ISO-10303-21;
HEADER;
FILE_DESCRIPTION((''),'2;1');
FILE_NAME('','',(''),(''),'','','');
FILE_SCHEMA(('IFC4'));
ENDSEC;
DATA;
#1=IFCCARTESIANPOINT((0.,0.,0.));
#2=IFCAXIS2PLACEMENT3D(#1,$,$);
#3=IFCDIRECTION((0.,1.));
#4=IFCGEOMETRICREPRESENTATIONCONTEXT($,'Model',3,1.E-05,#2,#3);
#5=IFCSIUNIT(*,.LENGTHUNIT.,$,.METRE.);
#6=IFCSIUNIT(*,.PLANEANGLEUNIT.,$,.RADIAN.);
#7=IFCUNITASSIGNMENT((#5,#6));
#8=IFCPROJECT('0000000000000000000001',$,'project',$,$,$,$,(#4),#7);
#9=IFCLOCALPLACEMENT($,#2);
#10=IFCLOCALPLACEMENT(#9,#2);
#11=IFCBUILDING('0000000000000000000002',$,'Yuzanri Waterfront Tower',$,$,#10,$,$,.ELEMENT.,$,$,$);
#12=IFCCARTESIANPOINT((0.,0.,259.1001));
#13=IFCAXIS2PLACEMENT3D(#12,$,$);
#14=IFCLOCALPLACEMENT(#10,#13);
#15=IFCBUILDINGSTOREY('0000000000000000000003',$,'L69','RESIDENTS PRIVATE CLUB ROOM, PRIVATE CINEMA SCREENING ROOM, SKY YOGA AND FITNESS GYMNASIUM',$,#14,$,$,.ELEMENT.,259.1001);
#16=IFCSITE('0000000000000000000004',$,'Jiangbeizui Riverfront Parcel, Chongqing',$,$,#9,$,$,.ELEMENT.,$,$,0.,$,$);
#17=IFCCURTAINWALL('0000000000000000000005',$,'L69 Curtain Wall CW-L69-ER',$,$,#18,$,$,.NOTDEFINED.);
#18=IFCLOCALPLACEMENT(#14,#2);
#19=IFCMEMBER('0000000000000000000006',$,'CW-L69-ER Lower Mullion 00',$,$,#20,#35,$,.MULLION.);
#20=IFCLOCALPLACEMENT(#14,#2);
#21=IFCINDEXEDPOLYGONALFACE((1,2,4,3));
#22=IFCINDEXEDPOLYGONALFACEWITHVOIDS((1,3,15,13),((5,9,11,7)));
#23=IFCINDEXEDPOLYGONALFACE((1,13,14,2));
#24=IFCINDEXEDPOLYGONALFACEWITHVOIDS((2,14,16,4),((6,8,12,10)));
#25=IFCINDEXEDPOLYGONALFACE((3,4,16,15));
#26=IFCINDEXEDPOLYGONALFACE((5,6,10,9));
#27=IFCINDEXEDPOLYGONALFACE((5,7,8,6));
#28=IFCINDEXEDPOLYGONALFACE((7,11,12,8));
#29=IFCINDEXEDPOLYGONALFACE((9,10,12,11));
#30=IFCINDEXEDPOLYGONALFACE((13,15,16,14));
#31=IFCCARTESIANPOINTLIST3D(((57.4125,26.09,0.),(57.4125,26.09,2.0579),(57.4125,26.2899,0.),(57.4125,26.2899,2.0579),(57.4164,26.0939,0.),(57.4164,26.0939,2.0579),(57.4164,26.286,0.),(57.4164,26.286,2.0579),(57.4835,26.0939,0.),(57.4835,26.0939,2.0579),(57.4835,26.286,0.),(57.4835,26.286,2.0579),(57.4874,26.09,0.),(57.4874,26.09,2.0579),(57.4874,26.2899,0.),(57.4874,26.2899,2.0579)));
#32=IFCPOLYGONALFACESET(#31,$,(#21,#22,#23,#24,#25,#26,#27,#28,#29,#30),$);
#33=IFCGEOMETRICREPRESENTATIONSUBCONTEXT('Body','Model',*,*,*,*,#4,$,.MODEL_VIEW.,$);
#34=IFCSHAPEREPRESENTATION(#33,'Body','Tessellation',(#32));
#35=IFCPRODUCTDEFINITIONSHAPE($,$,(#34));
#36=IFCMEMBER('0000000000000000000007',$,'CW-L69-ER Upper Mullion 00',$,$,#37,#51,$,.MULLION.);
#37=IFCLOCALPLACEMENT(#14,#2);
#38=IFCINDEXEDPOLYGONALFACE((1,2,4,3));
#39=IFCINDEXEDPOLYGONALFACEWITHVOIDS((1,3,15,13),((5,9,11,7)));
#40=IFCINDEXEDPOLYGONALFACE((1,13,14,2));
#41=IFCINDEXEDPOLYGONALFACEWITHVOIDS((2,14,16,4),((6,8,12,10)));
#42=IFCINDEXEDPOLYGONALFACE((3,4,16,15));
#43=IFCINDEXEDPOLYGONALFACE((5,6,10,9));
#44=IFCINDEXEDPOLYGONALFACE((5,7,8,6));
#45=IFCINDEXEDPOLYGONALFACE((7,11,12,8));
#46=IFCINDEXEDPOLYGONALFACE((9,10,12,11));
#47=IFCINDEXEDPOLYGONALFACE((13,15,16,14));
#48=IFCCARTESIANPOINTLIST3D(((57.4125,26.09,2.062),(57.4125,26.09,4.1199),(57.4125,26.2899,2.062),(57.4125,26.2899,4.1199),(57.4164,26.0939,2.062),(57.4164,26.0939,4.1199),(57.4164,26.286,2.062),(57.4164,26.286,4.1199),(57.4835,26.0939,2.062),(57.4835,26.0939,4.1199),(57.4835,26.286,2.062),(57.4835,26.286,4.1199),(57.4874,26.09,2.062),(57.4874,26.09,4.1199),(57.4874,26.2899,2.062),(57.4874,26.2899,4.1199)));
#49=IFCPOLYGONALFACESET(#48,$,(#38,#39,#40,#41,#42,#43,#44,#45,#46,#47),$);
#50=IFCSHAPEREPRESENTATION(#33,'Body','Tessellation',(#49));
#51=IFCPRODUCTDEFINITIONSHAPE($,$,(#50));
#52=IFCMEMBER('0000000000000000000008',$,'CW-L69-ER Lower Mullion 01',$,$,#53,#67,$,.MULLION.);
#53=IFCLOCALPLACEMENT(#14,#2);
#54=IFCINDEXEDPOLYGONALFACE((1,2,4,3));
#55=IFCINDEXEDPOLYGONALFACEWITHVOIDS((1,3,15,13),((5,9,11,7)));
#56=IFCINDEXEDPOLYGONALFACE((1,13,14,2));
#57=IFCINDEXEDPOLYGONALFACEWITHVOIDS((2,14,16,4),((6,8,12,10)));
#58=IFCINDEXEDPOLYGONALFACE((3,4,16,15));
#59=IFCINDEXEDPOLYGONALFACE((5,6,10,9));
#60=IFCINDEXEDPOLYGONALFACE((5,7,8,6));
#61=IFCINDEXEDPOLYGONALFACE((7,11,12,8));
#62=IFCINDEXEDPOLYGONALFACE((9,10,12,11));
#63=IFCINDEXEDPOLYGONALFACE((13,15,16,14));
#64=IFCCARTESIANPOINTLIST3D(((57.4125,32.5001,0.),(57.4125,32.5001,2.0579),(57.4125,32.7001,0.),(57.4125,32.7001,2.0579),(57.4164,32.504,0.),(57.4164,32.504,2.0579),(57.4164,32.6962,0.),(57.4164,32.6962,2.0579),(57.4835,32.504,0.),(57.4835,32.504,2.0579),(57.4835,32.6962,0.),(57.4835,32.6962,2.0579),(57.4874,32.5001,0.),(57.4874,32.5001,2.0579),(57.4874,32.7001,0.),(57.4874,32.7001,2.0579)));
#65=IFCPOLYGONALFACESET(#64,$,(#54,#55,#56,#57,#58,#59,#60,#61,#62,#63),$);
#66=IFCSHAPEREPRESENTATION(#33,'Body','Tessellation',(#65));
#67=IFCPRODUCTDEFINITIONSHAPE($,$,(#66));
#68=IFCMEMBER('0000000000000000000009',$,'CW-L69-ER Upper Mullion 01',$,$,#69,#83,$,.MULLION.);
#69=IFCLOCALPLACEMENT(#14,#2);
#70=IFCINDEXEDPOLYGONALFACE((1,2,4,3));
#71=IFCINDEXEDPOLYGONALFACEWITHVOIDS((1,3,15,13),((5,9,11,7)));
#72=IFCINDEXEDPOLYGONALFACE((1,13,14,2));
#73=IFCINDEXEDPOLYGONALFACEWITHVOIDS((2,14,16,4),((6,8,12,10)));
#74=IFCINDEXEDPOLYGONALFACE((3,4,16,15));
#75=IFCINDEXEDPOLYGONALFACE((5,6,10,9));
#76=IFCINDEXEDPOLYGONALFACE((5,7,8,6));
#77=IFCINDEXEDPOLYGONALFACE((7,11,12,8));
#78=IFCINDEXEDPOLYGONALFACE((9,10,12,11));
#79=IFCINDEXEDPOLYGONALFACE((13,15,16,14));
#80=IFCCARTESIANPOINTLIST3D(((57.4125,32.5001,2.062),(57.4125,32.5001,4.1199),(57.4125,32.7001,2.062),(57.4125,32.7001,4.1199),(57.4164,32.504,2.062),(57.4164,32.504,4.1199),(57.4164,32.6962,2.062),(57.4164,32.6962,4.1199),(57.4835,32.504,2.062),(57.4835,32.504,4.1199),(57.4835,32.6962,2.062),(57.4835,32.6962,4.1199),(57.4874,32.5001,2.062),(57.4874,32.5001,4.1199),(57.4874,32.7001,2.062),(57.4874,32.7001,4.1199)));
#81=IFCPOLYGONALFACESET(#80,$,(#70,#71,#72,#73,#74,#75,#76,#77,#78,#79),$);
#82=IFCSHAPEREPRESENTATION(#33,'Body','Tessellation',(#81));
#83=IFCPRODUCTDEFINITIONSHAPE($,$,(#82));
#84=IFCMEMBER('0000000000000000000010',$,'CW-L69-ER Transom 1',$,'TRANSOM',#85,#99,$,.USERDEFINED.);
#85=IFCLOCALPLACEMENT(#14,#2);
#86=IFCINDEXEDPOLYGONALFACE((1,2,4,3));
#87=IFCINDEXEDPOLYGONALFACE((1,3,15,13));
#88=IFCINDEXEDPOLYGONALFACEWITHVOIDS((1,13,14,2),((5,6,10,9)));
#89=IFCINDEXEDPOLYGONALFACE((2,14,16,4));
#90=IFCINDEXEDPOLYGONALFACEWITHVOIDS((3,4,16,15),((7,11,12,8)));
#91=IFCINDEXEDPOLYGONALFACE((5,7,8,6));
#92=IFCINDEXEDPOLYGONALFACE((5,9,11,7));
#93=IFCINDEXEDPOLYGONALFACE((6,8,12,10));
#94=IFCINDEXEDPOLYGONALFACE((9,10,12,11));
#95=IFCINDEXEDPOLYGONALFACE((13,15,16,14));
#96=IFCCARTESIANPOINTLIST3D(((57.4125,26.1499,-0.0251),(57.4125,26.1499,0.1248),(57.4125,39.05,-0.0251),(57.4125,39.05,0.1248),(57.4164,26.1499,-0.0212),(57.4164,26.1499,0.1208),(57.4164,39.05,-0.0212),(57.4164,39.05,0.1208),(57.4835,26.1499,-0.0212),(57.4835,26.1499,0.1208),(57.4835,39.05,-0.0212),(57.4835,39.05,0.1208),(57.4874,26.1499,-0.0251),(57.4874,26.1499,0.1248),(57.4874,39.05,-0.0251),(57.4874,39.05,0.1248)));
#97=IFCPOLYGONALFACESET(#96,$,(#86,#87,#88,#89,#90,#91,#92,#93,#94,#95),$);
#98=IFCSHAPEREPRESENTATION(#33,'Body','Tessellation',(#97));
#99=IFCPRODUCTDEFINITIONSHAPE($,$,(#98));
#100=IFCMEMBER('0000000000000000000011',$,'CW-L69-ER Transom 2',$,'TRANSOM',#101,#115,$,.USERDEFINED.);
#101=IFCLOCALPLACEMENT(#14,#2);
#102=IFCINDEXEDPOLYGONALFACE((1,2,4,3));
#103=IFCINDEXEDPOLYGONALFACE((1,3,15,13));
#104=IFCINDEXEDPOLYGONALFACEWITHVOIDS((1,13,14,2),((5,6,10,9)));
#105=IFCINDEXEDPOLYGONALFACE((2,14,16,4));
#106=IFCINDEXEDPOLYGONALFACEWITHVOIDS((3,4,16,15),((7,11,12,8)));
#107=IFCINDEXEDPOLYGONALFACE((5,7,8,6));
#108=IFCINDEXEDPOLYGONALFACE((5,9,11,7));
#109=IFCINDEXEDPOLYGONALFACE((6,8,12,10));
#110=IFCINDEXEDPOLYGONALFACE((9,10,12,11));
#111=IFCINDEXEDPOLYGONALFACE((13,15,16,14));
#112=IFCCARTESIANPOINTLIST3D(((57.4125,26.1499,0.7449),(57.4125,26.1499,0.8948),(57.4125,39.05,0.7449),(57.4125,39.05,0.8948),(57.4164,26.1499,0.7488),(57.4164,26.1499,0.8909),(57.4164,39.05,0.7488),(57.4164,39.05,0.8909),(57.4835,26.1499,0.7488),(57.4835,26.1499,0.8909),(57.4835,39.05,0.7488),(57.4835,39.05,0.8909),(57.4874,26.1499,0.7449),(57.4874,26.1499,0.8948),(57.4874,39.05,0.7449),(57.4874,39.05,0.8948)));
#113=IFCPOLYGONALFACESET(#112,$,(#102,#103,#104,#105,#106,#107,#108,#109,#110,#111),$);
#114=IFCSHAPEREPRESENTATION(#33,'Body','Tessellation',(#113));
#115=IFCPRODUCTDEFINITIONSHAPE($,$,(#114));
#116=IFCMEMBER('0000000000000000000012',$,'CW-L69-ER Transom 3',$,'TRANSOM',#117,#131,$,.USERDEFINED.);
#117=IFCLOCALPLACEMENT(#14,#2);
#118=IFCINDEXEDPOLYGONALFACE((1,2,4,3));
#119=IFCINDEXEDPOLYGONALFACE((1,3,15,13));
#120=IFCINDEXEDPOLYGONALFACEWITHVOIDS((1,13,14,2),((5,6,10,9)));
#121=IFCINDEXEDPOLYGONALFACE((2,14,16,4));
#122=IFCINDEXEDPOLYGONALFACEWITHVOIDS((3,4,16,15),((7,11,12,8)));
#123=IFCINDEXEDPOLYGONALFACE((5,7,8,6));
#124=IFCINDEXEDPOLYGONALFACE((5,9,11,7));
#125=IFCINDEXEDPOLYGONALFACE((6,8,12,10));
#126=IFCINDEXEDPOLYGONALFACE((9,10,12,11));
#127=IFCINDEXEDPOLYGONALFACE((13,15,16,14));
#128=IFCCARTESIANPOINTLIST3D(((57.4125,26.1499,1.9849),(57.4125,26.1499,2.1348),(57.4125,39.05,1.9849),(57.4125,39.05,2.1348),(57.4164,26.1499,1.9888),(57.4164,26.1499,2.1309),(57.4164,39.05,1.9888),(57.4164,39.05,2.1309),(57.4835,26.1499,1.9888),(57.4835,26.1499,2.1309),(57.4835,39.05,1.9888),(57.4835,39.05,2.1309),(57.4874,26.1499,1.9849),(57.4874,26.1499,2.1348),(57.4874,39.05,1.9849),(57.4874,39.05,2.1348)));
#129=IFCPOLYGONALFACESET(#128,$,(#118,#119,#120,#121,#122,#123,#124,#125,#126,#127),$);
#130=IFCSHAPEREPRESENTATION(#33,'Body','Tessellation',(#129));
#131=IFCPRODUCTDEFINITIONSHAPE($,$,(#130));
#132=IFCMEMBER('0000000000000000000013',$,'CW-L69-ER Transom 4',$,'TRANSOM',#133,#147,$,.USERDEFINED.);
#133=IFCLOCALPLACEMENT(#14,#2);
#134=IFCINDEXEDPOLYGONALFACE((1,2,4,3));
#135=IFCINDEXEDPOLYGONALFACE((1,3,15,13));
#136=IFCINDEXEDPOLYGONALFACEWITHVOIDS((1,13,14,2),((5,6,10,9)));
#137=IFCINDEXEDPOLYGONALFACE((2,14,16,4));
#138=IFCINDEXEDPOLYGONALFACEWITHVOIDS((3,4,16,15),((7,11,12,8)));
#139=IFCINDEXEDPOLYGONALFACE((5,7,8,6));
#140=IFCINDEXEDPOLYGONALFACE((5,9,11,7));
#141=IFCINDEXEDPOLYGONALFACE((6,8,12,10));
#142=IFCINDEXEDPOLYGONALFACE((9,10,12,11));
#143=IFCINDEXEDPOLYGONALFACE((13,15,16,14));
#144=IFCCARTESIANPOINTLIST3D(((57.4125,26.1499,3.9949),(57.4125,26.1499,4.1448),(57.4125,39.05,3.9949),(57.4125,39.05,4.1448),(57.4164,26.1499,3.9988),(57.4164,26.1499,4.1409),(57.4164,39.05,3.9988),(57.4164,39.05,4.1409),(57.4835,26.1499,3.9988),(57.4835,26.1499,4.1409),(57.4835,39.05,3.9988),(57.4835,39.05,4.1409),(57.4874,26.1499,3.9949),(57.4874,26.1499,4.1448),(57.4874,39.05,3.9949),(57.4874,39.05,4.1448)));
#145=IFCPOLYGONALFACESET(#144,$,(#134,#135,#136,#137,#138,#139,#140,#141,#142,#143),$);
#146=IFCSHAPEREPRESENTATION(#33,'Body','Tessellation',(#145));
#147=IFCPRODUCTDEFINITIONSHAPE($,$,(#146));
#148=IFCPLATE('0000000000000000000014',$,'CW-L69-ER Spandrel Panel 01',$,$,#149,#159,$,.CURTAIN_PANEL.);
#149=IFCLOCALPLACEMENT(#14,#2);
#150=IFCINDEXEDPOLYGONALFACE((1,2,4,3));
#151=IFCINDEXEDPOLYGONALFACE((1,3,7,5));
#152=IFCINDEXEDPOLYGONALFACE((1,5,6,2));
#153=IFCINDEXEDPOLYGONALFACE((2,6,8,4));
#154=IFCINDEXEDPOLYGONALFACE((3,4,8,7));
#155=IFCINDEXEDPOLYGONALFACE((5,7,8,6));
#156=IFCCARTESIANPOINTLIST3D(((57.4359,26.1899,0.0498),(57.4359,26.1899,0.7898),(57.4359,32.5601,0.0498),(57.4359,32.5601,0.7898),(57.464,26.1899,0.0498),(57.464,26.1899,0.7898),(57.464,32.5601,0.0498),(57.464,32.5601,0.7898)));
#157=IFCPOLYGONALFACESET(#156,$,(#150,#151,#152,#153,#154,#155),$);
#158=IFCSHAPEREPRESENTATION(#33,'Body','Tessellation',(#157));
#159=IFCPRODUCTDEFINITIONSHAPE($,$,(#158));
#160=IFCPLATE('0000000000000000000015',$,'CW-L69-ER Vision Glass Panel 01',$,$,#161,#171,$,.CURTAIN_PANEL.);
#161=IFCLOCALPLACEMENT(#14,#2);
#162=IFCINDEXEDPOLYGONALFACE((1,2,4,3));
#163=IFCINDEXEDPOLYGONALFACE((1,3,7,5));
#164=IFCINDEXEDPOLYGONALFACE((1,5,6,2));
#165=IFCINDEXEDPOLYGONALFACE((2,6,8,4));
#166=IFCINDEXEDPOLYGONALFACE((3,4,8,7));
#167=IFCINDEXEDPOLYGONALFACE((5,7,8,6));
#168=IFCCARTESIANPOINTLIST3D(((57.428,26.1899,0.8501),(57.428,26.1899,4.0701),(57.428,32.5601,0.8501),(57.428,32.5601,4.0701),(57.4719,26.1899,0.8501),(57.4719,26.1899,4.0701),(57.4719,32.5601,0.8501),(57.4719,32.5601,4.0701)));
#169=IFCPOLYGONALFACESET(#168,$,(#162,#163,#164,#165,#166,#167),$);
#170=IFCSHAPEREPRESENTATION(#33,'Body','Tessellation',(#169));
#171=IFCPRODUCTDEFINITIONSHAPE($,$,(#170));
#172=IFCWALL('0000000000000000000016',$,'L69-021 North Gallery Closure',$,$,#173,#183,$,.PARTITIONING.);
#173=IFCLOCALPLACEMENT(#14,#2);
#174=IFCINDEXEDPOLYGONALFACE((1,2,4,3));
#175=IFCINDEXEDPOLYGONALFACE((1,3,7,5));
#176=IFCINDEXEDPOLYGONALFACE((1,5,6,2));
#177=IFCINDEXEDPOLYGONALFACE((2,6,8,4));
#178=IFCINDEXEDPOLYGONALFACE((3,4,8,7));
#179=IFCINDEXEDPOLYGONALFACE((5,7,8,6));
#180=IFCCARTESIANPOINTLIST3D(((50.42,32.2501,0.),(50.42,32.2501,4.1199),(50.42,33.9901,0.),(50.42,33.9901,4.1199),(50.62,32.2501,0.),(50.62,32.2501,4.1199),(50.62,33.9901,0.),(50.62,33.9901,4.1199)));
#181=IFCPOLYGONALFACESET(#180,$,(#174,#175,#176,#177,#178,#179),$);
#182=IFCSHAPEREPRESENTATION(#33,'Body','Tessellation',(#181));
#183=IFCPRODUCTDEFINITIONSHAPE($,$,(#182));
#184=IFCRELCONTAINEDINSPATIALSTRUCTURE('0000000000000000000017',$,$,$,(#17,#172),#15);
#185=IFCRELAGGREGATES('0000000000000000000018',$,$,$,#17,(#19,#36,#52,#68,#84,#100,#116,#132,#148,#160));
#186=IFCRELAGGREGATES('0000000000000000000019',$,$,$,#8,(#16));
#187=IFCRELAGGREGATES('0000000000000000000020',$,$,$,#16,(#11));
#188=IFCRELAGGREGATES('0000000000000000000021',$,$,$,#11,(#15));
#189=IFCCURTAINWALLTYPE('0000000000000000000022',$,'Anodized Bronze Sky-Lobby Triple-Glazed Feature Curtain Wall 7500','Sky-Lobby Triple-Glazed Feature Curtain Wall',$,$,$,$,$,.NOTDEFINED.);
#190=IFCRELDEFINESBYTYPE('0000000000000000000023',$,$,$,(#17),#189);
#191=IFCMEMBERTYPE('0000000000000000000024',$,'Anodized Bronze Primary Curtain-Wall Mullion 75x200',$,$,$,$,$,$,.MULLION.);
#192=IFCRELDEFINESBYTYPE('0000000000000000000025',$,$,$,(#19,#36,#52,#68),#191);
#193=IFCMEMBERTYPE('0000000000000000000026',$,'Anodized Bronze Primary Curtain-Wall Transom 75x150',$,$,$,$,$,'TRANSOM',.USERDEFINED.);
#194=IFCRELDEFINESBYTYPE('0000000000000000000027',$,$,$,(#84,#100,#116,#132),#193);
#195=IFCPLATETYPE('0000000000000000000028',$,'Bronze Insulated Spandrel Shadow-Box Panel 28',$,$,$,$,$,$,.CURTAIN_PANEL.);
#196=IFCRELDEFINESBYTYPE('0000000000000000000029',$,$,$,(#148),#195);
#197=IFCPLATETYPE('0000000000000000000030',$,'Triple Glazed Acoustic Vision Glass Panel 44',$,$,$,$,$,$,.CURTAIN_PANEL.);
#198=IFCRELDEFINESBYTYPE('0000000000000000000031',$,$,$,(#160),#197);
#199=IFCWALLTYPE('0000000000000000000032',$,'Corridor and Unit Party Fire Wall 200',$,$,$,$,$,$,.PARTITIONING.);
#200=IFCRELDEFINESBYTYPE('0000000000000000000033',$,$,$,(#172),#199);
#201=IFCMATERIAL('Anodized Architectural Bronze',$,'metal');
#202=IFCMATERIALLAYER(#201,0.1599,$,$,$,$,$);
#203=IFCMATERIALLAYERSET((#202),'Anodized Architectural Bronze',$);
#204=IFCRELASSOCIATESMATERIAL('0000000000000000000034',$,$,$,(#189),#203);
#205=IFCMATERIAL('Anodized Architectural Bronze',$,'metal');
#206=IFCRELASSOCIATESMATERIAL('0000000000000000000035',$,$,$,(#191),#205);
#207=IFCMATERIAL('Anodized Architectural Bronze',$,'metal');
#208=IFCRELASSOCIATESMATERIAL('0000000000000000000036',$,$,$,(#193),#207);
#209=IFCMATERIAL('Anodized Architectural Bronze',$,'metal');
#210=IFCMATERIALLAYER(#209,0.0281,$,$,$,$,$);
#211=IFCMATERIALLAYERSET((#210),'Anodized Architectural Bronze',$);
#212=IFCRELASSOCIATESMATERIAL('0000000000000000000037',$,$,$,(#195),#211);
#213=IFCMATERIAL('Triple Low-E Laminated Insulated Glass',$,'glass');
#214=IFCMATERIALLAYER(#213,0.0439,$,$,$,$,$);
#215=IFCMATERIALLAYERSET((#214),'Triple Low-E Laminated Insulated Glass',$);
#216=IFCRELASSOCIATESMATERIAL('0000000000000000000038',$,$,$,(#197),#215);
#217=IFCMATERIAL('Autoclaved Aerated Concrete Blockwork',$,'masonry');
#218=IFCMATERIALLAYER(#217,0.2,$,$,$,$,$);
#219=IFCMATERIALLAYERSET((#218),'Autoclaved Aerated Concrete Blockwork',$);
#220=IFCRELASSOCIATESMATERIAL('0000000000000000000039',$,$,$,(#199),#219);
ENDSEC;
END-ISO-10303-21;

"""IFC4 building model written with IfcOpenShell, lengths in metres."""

from ifc_helpers import new_model, si_unit, direction, frame, frame_2d, origin, origin_2d, place, context, subcontext, project, spatial, rectangle, hollow_rectangle, extrude, source, transform, mapped, material, layer, layer_set, material_profile, profile_set, type_object, element, aggregate, save


model = new_model("IFC4")

# Units and contexts
model_context = context("Model", 3, precision=1e-05, world=origin(), true_north=direction((0.0, 1.0)))
body_context = subcontext(model_context, "Body", "Model", "MODEL_VIEW")
ifc_project = project(units=[si_unit("LENGTHUNIT", "METRE"), si_unit("PLANEANGLEUNIT", "RADIAN")], contexts=[model_context])

# Site, building, storey
site_placement = place(None, origin())
site = spatial("IfcSite", under=ifc_project, at=site_placement, Name="Jiangbeizui Riverfront Parcel, Chongqing", CompositionType="ELEMENT", RefElevation=0.0)
building_placement = place(site_placement, origin())
building = spatial("IfcBuilding", under=site, at=building_placement, Name="Yuzanri Waterfront Tower", CompositionType="ELEMENT")
storey_placement = place(building_placement, frame((0.0, 0.0, 259.1001)))
storey = spatial("IfcBuildingStorey", under=building, at=storey_placement, Name="L69", Description="RESIDENTS PRIVATE CLUB ROOM, PRIVATE CINEMA SCREENING ROOM, SKY YOGA AND FITNESS GYMNASIUM", CompositionType="ELEMENT", Elevation=259.1001)

# Curtain wall, members, plates
ifc_material_1 = material(Name="Anodized Architectural Bronze", Category="metal")
ifc_layer_1 = layer(ifc_material_1, 0.1599)
ifc_layer_set_1 = layer_set([ifc_layer_1], Name="Anodized Architectural Bronze")
curtain_wall_type = type_object("IfcCurtainWallType", Name="Anodized Bronze Sky-Lobby Triple-Glazed Feature Curtain Wall 7500", Description="Sky-Lobby Triple-Glazed Feature Curtain Wall", PredefinedType="NOTDEFINED", material=ifc_layer_set_1)
curtain_wall_placement = place(storey_placement, origin())
curtain_wall = element("IfcCurtainWall", 1, at=curtain_wall_placement, inside=storey, type_object=curtain_wall_type, Name="L69 Curtain Wall CW-L69-ER", PredefinedType="NOTDEFINED")
ifc_material_2 = material(Name="Anodized Architectural Bronze", Category="metal")
ifc_material_profile_1 = material_profile(ifc_material_2, hollow_rectangle(XDim=0.075, YDim=0.2, WallThickness=0.0039, at=origin_2d()), Name="CWM 75x200")
ifc_profile_set_1 = profile_set([ifc_material_profile_1], Name="Anodized Architectural Bronze")
member_type_1 = type_object("IfcMemberType", Name="Anodized Bronze Primary Curtain-Wall Mullion 75x200", PredefinedType="MULLION", material=ifc_profile_set_1)
shared_shape_1 = source(origin(), body_context, "Body", "SweptSolid", [
    extrude(hollow_rectangle(XDim=0.075, YDim=0.2, WallThickness=0.0039, at=origin_2d()), origin(), (0.0, 0.0, 1.0), 2.0579),
])
member_1_placement = place(storey_placement, frame((57.45, 26.1899, 0.0), z_axis=(0.0, 0.0, 1.0), x_axis=(1.0, 0.0, 0.0)))
member_1 = element("IfcMember", 2, at=member_1_placement, type_object=member_type_1, Name="CW-L69-ER Lower Mullion 00", PredefinedType="MULLION", context=body_context, shape_type="MappedRepresentation", body=[
    mapped(shared_shape_1, transform((0.0, 0.0, 0.0), scale=1.0)),
])
member_2_placement = place(storey_placement, frame((57.45, 26.1899, 2.062), z_axis=(0.0, 0.0, 1.0), x_axis=(1.0, 0.0, 0.0)))
member_2 = element("IfcMember", 3, at=member_2_placement, type_object=member_type_1, Name="CW-L69-ER Upper Mullion 00", PredefinedType="MULLION", context=body_context, shape_type="MappedRepresentation", body=[
    mapped(shared_shape_1, transform((0.0, 0.0, 0.0), scale=1.0)),
])
member_3_placement = place(storey_placement, frame((57.45, 32.6001, 0.0), z_axis=(0.0, 0.0, 1.0), x_axis=(1.0, 0.0, 0.0)))
member_3 = element("IfcMember", 4, at=member_3_placement, type_object=member_type_1, Name="CW-L69-ER Lower Mullion 01", PredefinedType="MULLION", context=body_context, shape_type="MappedRepresentation", body=[
    mapped(shared_shape_1, transform((0.0, 0.0, 0.0), scale=1.0)),
])
member_4_placement = place(storey_placement, frame((57.45, 32.6001, 2.062), z_axis=(0.0, 0.0, 1.0), x_axis=(1.0, 0.0, 0.0)))
member_4 = element("IfcMember", 5, at=member_4_placement, type_object=member_type_1, Name="CW-L69-ER Upper Mullion 01", PredefinedType="MULLION", context=body_context, shape_type="MappedRepresentation", body=[
    mapped(shared_shape_1, transform((0.0, 0.0, 0.0), scale=1.0)),
])
ifc_material_3 = material(Name="Anodized Architectural Bronze", Category="metal")
ifc_material_profile_2 = material_profile(ifc_material_3, hollow_rectangle(XDim=0.075, YDim=0.1499, WallThickness=0.0039, at=origin_2d()), Name="CWT 75x150")
ifc_profile_set_2 = profile_set([ifc_material_profile_2], Name="Anodized Architectural Bronze")
member_type_2 = type_object("IfcMemberType", Name="Anodized Bronze Primary Curtain-Wall Transom 75x150", ElementType="TRANSOM", PredefinedType="USERDEFINED", material=ifc_profile_set_2)
shared_shape_2 = source(origin(), body_context, "Body", "SweptSolid", [
    extrude(hollow_rectangle(XDim=0.075, YDim=0.1499, WallThickness=0.0039, at=origin_2d()), origin(), (0.0, 0.0, 1.0), 12.9001),
])
member_5_placement = place(storey_placement, frame((57.45, 26.1499, 0.0498), z_axis=(0.0, 1.0, 0.0), x_axis=(-1.0, 0.0, 0.0)))
member_5 = element("IfcMember", 6, at=member_5_placement, type_object=member_type_2, Name="CW-L69-ER Transom 1", ObjectType="TRANSOM", PredefinedType="USERDEFINED", context=body_context, shape_type="MappedRepresentation", body=[
    mapped(shared_shape_2, transform((0.0, 0.0, 0.0), scale=1.0)),
])
member_6_placement = place(storey_placement, frame((57.45, 26.1499, 0.8198), z_axis=(0.0, 1.0, 0.0), x_axis=(-1.0, 0.0, 0.0)))
member_6 = element("IfcMember", 7, at=member_6_placement, type_object=member_type_2, Name="CW-L69-ER Transom 2", ObjectType="TRANSOM", PredefinedType="USERDEFINED", context=body_context, shape_type="MappedRepresentation", body=[
    mapped(shared_shape_2, transform((0.0, 0.0, 0.0), scale=1.0)),
])
member_7_placement = place(storey_placement, frame((57.45, 26.1499, 2.0598), z_axis=(0.0, 1.0, 0.0), x_axis=(-1.0, 0.0, 0.0)))
member_7 = element("IfcMember", 8, at=member_7_placement, type_object=member_type_2, Name="CW-L69-ER Transom 3", ObjectType="TRANSOM", PredefinedType="USERDEFINED", context=body_context, shape_type="MappedRepresentation", body=[
    mapped(shared_shape_2, transform((0.0, 0.0, 0.0), scale=1.0)),
])
member_8_placement = place(storey_placement, frame((57.45, 26.1499, 4.0698), z_axis=(0.0, 1.0, 0.0), x_axis=(-1.0, 0.0, 0.0)))
member_8 = element("IfcMember", 9, at=member_8_placement, type_object=member_type_2, Name="CW-L69-ER Transom 4", ObjectType="TRANSOM", PredefinedType="USERDEFINED", context=body_context, shape_type="MappedRepresentation", body=[
    mapped(shared_shape_2, transform((0.0, 0.0, 0.0), scale=1.0)),
])
ifc_material_4 = material(Name="Anodized Architectural Bronze", Category="metal")
ifc_layer_2 = layer(ifc_material_4, 0.0281)
ifc_layer_set_2 = layer_set([ifc_layer_2], Name="Anodized Architectural Bronze")
plate_type_1 = type_object("IfcPlateType", Name="Bronze Insulated Spandrel Shadow-Box Panel 28", PredefinedType="CURTAIN_PANEL", material=ifc_layer_set_2)
shared_shape_3 = source(origin(), body_context, "Body", "SweptSolid", [
    extrude(rectangle(XDim=6.3701, YDim=0.0281, at=origin_2d()), origin(), (0.0, 0.0, 1.0), 0.74),
])
plate_1_placement = place(storey_placement, frame((57.45, 29.375, 0.0498), z_axis=(0.0, 0.0, 1.0), x_axis=(0.0, 1.0, 0.0)))
plate_1 = element("IfcPlate", 10, at=plate_1_placement, type_object=plate_type_1, Name="CW-L69-ER Spandrel Panel 01", PredefinedType="CURTAIN_PANEL", context=body_context, shape_type="MappedRepresentation", body=[
    mapped(shared_shape_3, transform((0.0, 0.0, 0.0), scale=1.0)),
])
ifc_material_5 = material(Name="Triple Low-E Laminated Insulated Glass", Category="glass")
ifc_layer_3 = layer(ifc_material_5, 0.0439)
ifc_layer_set_3 = layer_set([ifc_layer_3], Name="Triple Low-E Laminated Insulated Glass")
plate_type_2 = type_object("IfcPlateType", Name="Triple Glazed Acoustic Vision Glass Panel 44", PredefinedType="CURTAIN_PANEL", material=ifc_layer_set_3)
shared_shape_4 = source(origin(), body_context, "Body", "SweptSolid", [
    extrude(rectangle(XDim=6.3701, YDim=0.0439, at=origin_2d()), origin(), (0.0, 0.0, 1.0), 3.22),
])
plate_2_placement = place(storey_placement, frame((57.45, 29.375, 0.8501), z_axis=(0.0, 0.0, 1.0), x_axis=(0.0, 1.0, 0.0)))
plate_2 = element("IfcPlate", 11, at=plate_2_placement, type_object=plate_type_2, Name="CW-L69-ER Vision Glass Panel 01", PredefinedType="CURTAIN_PANEL", context=body_context, shape_type="MappedRepresentation", body=[
    mapped(shared_shape_4, transform((0.0, 0.0, 0.0), scale=1.0)),
])
aggregate(curtain_wall, [member_1, member_2, member_3, member_4, member_5, member_6, member_7, member_8, plate_1, plate_2])

# Wall
ifc_material_6 = material(Name="Autoclaved Aerated Concrete Blockwork", Category="masonry")
ifc_layer_4 = layer(ifc_material_6, 0.2)
ifc_layer_set_4 = layer_set([ifc_layer_4], Name="Autoclaved Aerated Concrete Blockwork")
wall_type = type_object("IfcWallType", Name="Corridor and Unit Party Fire Wall 200", PredefinedType="PARTITIONING", material=ifc_layer_set_4)
shared_shape_5 = source(origin(), body_context, "Body", "SweptSolid", [
    extrude(rectangle(XDim=1.74, YDim=0.2, at=frame_2d((0.8701, 0.0))), origin(), (0.0, 0.0, 1.0), 4.1199),
])
wall_placement = place(storey_placement, frame((50.52, 32.25, 0.0), z_axis=(0.0, 0.0, 1.0), x_axis=(0.0, 1.0, 0.0)))
element("IfcWall", 12, at=wall_placement, inside=storey, type_object=wall_type, Name="L69-021 North Gallery Closure", PredefinedType="PARTITIONING", context=body_context, shape_type="MappedRepresentation", body=[
    mapped(shared_shape_5, transform((0.0, 0.0, 0.0), scale=1.0)),
])

save(model, "model.ifc")
